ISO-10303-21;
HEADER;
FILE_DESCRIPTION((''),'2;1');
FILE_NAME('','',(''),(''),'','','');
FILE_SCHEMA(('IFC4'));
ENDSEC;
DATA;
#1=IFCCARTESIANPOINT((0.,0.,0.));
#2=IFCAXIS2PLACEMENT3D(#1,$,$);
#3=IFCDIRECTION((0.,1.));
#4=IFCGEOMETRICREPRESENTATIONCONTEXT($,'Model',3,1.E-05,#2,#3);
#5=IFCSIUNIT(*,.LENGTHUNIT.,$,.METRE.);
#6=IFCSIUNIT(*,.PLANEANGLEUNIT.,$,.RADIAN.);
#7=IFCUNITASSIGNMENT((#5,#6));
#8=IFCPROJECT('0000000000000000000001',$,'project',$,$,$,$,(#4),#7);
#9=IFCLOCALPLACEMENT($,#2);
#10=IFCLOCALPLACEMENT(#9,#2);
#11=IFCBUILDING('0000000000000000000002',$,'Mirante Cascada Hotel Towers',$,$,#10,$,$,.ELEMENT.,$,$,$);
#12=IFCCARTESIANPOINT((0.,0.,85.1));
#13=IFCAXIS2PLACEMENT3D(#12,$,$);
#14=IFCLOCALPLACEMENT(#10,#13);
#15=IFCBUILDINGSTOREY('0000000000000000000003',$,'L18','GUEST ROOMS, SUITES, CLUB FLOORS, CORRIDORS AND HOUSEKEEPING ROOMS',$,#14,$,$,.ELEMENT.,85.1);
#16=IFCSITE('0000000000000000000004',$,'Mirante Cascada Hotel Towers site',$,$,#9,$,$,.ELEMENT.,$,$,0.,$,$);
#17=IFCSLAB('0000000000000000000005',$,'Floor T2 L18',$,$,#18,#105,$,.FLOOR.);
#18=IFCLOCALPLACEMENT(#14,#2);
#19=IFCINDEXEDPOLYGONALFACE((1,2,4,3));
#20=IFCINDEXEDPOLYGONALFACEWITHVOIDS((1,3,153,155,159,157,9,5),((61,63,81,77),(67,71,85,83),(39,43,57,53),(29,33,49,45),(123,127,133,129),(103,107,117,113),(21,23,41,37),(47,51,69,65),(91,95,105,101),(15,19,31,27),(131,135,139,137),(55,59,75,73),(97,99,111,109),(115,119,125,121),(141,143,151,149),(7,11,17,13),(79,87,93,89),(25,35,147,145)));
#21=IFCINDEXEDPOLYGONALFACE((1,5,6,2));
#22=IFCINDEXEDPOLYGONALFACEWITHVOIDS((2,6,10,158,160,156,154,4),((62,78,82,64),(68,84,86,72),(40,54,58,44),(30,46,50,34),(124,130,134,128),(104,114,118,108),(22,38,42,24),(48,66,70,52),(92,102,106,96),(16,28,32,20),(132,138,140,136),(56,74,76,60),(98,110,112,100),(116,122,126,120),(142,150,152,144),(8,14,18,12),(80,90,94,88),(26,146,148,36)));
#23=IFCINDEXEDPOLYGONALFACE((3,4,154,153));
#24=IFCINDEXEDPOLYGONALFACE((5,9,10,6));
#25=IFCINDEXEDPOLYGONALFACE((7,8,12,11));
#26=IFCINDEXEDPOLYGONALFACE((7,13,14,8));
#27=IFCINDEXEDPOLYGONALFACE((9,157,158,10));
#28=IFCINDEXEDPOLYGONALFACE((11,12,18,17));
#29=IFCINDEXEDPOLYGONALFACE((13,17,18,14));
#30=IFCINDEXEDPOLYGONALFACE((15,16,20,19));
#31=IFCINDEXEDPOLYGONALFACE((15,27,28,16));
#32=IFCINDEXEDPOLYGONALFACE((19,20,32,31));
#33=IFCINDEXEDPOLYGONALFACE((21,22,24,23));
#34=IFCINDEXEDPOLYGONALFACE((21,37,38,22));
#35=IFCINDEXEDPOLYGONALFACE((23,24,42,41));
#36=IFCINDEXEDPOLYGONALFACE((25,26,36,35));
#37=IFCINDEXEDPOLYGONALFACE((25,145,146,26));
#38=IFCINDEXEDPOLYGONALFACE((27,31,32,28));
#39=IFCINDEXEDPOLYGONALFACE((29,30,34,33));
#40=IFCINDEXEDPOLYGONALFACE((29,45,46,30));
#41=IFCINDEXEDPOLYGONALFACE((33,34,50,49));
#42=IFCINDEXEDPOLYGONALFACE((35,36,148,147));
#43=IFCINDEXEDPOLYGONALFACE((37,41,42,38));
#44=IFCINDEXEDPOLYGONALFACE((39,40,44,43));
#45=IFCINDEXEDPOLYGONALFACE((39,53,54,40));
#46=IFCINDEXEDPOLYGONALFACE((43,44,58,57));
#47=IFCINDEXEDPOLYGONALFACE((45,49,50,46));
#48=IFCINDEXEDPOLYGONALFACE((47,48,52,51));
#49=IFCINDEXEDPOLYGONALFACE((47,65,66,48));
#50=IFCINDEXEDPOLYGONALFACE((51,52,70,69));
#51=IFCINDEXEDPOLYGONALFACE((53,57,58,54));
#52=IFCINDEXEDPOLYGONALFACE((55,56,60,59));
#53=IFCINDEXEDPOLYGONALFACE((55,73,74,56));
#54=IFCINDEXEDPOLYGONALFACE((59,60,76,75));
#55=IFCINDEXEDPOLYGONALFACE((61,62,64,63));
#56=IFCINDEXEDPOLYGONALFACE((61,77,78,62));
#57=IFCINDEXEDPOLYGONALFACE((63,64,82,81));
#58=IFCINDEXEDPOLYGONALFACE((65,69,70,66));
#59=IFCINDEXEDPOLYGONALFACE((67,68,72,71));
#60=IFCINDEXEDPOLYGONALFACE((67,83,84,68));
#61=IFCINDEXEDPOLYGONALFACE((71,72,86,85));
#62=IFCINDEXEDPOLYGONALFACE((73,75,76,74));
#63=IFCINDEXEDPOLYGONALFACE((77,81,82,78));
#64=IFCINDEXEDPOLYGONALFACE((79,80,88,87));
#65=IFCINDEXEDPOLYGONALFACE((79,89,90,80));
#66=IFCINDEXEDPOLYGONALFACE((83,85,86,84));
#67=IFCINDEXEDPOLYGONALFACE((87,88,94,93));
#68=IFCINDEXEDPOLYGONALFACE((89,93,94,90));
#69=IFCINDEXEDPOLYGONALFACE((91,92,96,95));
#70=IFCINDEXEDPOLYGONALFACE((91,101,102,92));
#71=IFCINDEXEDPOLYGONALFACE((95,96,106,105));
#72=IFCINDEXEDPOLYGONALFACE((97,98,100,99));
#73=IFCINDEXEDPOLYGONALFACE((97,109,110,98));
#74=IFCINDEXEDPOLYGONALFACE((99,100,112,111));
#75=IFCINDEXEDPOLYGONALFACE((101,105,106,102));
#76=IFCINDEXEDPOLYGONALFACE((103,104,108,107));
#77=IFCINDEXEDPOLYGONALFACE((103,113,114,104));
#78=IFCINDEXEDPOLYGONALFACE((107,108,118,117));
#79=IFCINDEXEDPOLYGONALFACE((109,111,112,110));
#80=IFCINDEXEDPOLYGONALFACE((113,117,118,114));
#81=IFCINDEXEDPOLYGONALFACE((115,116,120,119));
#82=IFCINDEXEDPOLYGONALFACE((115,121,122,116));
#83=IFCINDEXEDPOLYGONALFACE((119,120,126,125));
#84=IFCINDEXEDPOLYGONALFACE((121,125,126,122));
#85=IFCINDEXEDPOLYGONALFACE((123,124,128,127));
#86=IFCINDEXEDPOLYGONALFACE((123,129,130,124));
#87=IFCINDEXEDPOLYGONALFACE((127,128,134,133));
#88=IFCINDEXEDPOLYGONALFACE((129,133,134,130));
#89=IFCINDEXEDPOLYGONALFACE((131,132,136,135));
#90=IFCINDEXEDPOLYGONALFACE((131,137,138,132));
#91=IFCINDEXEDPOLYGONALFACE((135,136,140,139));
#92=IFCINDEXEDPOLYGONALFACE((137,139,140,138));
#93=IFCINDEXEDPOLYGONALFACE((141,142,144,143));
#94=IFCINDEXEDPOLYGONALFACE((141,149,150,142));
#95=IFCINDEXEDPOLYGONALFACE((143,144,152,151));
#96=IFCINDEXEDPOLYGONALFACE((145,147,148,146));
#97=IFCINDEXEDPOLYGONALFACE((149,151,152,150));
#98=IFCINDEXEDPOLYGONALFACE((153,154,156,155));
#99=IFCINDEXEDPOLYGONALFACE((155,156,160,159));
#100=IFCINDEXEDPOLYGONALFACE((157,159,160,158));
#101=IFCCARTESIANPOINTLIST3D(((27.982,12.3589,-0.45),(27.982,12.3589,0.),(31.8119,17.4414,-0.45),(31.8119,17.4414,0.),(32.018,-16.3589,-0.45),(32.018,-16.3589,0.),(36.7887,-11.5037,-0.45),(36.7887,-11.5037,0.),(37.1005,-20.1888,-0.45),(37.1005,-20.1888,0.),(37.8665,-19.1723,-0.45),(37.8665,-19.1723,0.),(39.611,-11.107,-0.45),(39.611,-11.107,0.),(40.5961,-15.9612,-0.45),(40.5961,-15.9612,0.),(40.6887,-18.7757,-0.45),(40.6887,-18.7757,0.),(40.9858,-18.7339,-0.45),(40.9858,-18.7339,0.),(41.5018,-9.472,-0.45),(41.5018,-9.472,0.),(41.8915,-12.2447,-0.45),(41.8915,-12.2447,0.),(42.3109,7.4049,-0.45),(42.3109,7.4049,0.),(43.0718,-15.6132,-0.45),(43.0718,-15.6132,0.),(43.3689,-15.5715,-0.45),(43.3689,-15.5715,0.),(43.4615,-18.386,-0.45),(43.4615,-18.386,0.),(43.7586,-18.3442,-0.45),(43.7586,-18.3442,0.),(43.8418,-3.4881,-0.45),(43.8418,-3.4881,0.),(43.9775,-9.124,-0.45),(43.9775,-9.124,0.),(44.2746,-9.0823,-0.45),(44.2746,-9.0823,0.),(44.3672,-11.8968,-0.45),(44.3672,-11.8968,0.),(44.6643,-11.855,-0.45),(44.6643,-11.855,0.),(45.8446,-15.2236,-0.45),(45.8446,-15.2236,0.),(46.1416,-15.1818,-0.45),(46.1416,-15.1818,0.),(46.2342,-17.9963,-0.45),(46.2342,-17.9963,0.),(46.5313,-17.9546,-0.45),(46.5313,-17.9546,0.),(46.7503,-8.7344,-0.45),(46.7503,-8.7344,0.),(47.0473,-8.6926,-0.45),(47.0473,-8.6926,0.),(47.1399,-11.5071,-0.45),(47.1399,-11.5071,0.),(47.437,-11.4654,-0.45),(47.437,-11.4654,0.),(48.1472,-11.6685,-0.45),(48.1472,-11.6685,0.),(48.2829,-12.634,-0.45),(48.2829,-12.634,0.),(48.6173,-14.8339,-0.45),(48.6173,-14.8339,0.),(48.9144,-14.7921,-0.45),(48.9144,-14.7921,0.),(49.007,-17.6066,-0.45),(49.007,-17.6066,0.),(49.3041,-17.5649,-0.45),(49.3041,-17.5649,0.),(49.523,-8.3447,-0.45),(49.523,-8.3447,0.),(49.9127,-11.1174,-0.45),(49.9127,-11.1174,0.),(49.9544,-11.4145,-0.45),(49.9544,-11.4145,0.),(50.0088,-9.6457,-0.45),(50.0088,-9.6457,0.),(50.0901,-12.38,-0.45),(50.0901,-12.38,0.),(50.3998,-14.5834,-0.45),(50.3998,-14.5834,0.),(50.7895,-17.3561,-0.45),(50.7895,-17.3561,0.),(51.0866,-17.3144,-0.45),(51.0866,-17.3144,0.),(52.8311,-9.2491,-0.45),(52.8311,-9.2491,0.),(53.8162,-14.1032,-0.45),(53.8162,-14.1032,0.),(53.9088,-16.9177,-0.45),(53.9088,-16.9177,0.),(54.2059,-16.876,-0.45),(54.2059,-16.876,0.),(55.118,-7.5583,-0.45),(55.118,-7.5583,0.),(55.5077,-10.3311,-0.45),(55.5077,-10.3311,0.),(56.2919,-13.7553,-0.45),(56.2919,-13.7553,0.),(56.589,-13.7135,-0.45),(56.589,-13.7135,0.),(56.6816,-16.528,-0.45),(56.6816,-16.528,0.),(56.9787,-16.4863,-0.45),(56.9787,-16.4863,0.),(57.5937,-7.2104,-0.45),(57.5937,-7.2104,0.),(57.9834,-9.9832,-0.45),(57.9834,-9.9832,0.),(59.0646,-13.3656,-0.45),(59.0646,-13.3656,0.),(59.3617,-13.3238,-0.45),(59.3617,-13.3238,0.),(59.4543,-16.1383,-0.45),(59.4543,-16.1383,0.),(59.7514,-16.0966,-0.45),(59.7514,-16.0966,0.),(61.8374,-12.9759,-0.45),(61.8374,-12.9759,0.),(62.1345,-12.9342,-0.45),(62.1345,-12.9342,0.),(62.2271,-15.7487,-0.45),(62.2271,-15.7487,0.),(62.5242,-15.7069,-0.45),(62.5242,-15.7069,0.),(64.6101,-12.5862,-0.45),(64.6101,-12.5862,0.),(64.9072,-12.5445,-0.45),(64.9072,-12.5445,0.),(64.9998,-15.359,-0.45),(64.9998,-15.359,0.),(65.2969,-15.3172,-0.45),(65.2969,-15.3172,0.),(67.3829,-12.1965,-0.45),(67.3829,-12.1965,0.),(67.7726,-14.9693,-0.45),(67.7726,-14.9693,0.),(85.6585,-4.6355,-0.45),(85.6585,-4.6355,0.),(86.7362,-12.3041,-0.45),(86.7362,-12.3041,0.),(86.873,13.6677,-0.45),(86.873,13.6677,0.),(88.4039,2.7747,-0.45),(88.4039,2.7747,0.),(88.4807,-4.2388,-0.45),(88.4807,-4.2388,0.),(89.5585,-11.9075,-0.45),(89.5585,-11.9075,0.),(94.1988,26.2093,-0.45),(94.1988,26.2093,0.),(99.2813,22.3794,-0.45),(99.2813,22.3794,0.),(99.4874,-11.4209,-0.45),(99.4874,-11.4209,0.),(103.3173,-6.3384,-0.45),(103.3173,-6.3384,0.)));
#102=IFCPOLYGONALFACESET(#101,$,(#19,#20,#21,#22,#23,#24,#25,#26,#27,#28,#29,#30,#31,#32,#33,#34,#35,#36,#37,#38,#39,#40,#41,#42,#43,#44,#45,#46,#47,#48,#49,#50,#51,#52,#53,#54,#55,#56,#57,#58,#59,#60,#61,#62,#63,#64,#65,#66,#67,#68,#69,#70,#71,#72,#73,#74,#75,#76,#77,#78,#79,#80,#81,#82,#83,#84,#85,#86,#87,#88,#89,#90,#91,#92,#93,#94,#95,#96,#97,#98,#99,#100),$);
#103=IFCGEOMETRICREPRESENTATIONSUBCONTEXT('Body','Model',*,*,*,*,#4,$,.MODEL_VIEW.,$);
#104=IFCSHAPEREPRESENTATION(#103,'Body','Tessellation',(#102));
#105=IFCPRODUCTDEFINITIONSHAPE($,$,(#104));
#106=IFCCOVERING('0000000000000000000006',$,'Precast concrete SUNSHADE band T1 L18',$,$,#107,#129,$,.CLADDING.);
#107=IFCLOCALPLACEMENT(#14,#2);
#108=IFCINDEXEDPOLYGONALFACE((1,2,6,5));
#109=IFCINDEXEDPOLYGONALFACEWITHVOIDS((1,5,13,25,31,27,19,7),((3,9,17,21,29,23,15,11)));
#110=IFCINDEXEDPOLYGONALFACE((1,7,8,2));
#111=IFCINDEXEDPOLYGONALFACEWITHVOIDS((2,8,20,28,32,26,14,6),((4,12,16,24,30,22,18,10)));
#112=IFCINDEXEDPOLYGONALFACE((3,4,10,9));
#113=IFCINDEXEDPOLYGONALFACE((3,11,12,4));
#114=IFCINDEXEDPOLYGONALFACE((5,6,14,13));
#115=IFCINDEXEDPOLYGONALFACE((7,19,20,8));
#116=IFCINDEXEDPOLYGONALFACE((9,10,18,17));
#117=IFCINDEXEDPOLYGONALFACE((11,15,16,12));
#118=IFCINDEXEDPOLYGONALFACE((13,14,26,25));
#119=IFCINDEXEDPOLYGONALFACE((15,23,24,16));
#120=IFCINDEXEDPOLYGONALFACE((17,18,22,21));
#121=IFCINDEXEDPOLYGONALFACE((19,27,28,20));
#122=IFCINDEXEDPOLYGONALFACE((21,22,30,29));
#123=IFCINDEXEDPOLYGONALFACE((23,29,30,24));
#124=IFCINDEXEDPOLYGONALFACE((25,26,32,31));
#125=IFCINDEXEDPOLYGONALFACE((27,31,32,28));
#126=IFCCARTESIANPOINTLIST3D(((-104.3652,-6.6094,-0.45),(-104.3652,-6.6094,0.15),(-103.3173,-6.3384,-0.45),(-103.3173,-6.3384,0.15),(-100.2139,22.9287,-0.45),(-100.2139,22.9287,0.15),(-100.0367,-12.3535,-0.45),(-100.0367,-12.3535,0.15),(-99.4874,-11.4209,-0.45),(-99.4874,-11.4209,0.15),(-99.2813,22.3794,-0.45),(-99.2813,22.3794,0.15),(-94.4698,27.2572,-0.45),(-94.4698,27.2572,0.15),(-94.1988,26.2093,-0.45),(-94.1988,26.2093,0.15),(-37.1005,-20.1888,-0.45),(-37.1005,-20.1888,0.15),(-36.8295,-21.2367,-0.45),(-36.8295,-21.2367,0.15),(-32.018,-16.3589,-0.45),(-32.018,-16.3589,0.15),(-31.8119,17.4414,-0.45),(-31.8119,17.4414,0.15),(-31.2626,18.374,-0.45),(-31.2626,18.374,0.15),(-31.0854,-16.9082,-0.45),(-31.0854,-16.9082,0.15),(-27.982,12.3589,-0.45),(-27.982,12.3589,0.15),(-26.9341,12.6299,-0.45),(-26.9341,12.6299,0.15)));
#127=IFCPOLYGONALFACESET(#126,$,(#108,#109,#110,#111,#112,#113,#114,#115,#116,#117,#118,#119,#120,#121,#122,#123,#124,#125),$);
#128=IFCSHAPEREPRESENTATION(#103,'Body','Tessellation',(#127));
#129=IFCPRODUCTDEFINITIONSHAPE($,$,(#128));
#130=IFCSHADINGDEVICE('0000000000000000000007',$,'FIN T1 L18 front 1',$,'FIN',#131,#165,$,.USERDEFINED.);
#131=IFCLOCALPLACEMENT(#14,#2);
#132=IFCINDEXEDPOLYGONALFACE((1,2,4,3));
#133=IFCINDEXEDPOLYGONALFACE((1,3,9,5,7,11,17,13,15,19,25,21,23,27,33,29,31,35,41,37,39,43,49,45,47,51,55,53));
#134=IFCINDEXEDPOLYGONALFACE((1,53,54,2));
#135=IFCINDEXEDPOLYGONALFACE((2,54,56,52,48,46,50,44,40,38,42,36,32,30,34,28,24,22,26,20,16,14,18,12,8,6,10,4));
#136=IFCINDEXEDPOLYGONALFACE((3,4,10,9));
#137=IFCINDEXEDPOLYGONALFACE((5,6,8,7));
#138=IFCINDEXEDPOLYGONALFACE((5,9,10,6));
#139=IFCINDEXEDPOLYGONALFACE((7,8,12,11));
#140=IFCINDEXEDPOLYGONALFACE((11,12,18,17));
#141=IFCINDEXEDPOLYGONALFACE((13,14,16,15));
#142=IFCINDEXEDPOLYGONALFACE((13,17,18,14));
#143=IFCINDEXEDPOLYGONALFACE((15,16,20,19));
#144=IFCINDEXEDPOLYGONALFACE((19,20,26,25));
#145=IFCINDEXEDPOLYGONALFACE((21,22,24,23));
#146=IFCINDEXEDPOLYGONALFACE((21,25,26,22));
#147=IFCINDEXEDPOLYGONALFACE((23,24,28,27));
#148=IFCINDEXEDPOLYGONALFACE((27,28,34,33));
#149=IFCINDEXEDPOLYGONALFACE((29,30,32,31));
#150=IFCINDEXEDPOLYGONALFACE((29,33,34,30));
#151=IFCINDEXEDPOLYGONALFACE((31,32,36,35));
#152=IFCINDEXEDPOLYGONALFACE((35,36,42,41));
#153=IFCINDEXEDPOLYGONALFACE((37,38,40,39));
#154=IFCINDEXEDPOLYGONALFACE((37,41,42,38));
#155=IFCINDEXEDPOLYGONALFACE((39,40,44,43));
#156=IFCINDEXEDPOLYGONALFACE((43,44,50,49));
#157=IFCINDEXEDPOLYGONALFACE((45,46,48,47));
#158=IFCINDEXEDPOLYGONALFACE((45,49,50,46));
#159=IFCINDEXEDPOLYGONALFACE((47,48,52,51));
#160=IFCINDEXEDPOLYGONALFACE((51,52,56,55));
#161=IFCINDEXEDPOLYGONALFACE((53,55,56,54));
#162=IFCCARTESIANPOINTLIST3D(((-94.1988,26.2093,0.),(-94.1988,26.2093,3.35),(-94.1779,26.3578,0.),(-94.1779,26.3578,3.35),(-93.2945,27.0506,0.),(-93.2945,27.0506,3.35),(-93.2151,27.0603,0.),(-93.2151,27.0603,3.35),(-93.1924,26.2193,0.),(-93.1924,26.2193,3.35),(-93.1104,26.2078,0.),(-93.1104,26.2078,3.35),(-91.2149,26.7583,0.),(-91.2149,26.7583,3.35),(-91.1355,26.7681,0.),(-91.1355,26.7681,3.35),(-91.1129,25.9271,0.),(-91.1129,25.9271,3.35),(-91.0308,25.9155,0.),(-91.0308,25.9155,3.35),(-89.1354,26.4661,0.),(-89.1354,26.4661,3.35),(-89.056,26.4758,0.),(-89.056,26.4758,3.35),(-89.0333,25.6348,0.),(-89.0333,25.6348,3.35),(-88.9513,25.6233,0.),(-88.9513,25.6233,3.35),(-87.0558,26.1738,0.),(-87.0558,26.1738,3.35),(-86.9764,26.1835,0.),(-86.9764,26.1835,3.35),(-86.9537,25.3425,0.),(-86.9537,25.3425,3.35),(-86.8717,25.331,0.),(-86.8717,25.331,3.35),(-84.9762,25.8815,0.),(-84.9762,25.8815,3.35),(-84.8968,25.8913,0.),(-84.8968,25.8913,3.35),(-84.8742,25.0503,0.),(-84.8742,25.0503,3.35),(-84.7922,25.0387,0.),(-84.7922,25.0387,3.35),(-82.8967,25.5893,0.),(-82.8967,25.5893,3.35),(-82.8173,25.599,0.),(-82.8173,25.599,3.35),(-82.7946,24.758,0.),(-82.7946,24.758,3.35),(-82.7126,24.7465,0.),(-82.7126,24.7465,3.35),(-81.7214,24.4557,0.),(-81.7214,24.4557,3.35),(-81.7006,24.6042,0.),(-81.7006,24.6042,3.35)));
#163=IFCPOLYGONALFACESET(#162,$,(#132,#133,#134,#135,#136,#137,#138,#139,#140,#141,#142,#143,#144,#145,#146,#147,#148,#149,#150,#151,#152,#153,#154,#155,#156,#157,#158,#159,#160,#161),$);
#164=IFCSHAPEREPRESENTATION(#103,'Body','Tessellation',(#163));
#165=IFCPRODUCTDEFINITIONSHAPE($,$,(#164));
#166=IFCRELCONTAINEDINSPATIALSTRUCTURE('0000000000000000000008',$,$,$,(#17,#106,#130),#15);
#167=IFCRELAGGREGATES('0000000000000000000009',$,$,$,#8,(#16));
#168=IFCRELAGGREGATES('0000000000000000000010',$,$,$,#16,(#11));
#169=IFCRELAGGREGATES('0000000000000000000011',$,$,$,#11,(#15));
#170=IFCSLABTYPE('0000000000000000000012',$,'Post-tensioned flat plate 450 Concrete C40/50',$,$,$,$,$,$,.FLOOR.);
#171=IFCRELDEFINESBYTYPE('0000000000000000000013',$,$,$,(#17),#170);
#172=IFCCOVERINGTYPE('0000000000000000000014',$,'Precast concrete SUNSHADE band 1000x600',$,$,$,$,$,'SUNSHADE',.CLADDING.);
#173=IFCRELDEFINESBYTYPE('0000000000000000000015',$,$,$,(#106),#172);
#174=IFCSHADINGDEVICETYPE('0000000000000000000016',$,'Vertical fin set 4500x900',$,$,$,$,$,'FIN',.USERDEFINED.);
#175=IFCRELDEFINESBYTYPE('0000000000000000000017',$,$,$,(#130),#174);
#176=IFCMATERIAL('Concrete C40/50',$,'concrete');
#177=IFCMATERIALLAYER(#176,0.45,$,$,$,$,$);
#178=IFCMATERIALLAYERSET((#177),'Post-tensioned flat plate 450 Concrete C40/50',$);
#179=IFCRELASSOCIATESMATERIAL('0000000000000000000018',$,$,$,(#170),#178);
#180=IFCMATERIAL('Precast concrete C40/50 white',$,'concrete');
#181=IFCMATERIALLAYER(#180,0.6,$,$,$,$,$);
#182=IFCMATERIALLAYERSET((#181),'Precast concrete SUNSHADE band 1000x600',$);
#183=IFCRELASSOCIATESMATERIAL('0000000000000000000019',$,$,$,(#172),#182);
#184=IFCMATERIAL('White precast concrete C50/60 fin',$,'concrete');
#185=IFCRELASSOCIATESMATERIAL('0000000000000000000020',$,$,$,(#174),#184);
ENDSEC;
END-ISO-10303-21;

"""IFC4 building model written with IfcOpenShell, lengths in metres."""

from ifc_helpers import new_model, si_unit, direction, frame, origin, place, context, subcontext, project, spatial, polyline, outline, extrude, material, layer, layer_set, type_object, element, save


model = new_model("IFC4")

# Units and contexts
model_context = context("Model", 3, precision=1e-05, world=origin(), true_north=direction((0.0, 1.0)))
body_context = subcontext(model_context, "Body", "Model", "MODEL_VIEW")
ifc_project = project(units=[si_unit("LENGTHUNIT", "METRE"), si_unit("PLANEANGLEUNIT", "RADIAN")], contexts=[model_context])

# Site, building, storey
site_placement = place(None, origin())
site = spatial("IfcSite", under=ifc_project, at=site_placement, Name="Mirante Cascada Hotel Towers site", CompositionType="ELEMENT", RefElevation=0.0)
building_placement = place(site_placement, origin())
building = spatial("IfcBuilding", under=site, at=building_placement, Name="Mirante Cascada Hotel Towers", CompositionType="ELEMENT")
storey_placement = place(building_placement, frame((0.0, 0.0, 85.1)))
storey = spatial("IfcBuildingStorey", under=building, at=storey_placement, Name="L18", Description="GUEST ROOMS, SUITES, CLUB FLOORS, CORRIDORS AND HOUSEKEEPING ROOMS", CompositionType="ELEMENT", Elevation=85.1)

# Slab
ifc_material_1 = material(Name="Concrete C40/50", Category="concrete")
ifc_layer_1 = layer(ifc_material_1, 0.45)
ifc_layer_set_1 = layer_set([ifc_layer_1], Name="Post-tensioned flat plate 450 Concrete C40/50")
slab_type = type_object("IfcSlabType", Name="Post-tensioned flat plate 450 Concrete C40/50", PredefinedType="FLOOR", material=ifc_layer_set_1)
slab_1_placement = place(storey_placement, frame((0.0, 0.0, -0.45)))
element("IfcSlab", 1, at=slab_1_placement, inside=storey, type_object=slab_type, Name="Floor T2 L18", PredefinedType="FLOOR", context=body_context, shape_type="SweptSolid", body=[
    extrude(outline(polyline([(32.018, -16.3589), (27.982, 12.3589), (31.8119, 17.4414), (94.1988, 26.2093), (99.2813, 22.3794), (103.3173, -6.3384), (99.4874, -11.4209), (37.1005, -20.1888), (32.018, -16.3589)]), holes=[polyline([(43.0718, -15.6132), (40.5961, -15.9612), (40.9858, -18.7339), (43.4615, -18.386), (43.0718, -15.6132)]), polyline([(45.8446, -15.2236), (43.3689, -15.5715), (43.7586, -18.3442), (46.2342, -17.9963), (45.8446, -15.2236)]), polyline([(48.6173, -14.8339), (46.1416, -15.1818), (46.5313, -17.9546), (49.007, -17.6066), (48.6173, -14.8339)]), polyline([(50.3998, -14.5834), (48.9144, -14.7921), (49.3041, -17.5649), (50.7895, -17.3561), (50.3998, -14.5834)]), polyline([(37.8665, -19.1723), (40.6887, -18.7757), (39.611, -11.107), (36.7887, -11.5037), (37.8665, -19.1723)]), polyline([(49.9544, -11.4145), (48.1472, -11.6685), (48.2829, -12.634), (50.0901, -12.38), (49.9544, -11.4145)]), polyline([(43.9775, -9.124), (41.5018, -9.472), (41.8915, -12.2447), (44.3672, -11.8968), (43.9775, -9.124)]), polyline([(47.1399, -11.5071), (46.7503, -8.7344), (44.2746, -9.0823), (44.6643, -11.855), (47.1399, -11.5071)]), polyline([(49.9127, -11.1174), (49.523, -8.3447), (47.0473, -8.6926), (47.437, -11.4654), (49.9127, -11.1174)]), polyline([(56.2919, -13.7553), (53.8162, -14.1032), (54.2059, -16.876), (56.6816, -16.528), (56.2919, -13.7553)]), polyline([(59.0646, -13.3656), (56.589, -13.7135), (56.9787, -16.4863), (59.4543, -16.1383), (59.0646, -13.3656)]), polyline([(61.8374, -12.9759), (59.3617, -13.3238), (59.7514, -16.0966), (62.2271, -15.7487), (61.8374, -12.9759)]), polyline([(64.6101, -12.5862), (62.1345, -12.9342), (62.5242, -15.7069), (64.9998, -15.359), (64.6101, -12.5862)]), polyline([(67.3829, -12.1965), (64.9072, -12.5445), (65.2969, -15.3172), (67.7726, -14.9693), (67.3829, -12.1965)]), polyline([(51.0866, -17.3144), (53.9088, -16.9177), (52.8311, -9.2491), (50.0088, -9.6457), (51.0866, -17.3144)]), polyline([(86.7362, -12.3041), (89.5585, -11.9075), (88.4807, -4.2388), (85.6585, -4.6355), (86.7362, -12.3041)]), polyline([(57.9834, -9.9832), (57.5937, -7.2104), (55.118, -7.5583), (55.5077, -10.3311), (57.9834, -9.9832)]), polyline([(88.4039, 2.7747), (86.873, 13.6677), (42.3109, 7.4049), (43.8418, -3.4881), (88.4039, 2.7747)])]), origin(), (0.0, 0.0, 1.0), 0.45),
])

# Covering
ifc_material_2 = material(Name="Precast concrete C40/50 white", Category="concrete")
ifc_layer_2 = layer(ifc_material_2, 0.6)
ifc_layer_set_2 = layer_set([ifc_layer_2], Name="Precast concrete SUNSHADE band 1000x600")
covering_type = type_object("IfcCoveringType", Name="Precast concrete SUNSHADE band 1000x600", ElementType="SUNSHADE", PredefinedType="CLADDING", material=ifc_layer_set_2)
covering_placement = place(storey_placement, frame((0.0, 0.0, -0.45)))
element("IfcCovering", 2, at=covering_placement, inside=storey, type_object=covering_type, Name="Precast concrete SUNSHADE band T1 L18", PredefinedType="CLADDING", context=body_context, shape_type="SweptSolid", body=[
    extrude(outline(polyline([(-104.3652, -6.6094), (-100.2139, 22.9287), (-94.4698, 27.2572), (-31.2626, 18.374), (-26.9341, 12.6299), (-31.0854, -16.9082), (-36.8295, -21.2367), (-100.0367, -12.3535), (-104.3652, -6.6094)]), holes=[polyline([(-27.982, 12.3589), (-31.8119, 17.4414), (-94.1988, 26.2093), (-99.2813, 22.3794), (-103.3173, -6.3384), (-99.4874, -11.4209), (-37.1005, -20.1888), (-32.018, -16.3589), (-27.982, 12.3589)])]), origin(), (0.0, 0.0, 1.0), 0.6),
])

# Shading device
ifc_material_3 = material(Name="White precast concrete C50/60 fin", Category="concrete")
shading_device_type = type_object("IfcShadingDeviceType", Name="Vertical fin set 4500x900", ElementType="FIN", PredefinedType="USERDEFINED", material=ifc_material_3)
shading_device_1_placement = place(storey_placement, origin())
element("IfcShadingDevice", 3, at=shading_device_1_placement, inside=storey, type_object=shading_device_type, Name="FIN T1 L18 front 1", ObjectType="FIN", PredefinedType="USERDEFINED", context=body_context, shape_type="SweptSolid", body=[
    extrude(outline(polyline([(-82.8173, 25.599), (-82.7126, 24.7465), (-81.7006, 24.6042), (-81.7214, 24.4557), (-94.1988, 26.2093), (-94.1779, 26.3578), (-93.1924, 26.2193), (-93.2945, 27.0506), (-93.2151, 27.0603), (-93.1104, 26.2078), (-91.1129, 25.9271), (-91.2149, 26.7583), (-91.1355, 26.7681), (-91.0308, 25.9155), (-89.0333, 25.6348), (-89.1354, 26.4661), (-89.056, 26.4758), (-88.9513, 25.6233), (-86.9537, 25.3425), (-87.0558, 26.1738), (-86.9764, 26.1835), (-86.8717, 25.331), (-84.8742, 25.0503), (-84.9762, 25.8815), (-84.8968, 25.8913), (-84.7922, 25.0387), (-82.7946, 24.758), (-82.8967, 25.5893), (-82.8173, 25.599)])), origin(), (0.0, 0.0, 1.0), 3.35),
])

save(model, "model.ifc")
